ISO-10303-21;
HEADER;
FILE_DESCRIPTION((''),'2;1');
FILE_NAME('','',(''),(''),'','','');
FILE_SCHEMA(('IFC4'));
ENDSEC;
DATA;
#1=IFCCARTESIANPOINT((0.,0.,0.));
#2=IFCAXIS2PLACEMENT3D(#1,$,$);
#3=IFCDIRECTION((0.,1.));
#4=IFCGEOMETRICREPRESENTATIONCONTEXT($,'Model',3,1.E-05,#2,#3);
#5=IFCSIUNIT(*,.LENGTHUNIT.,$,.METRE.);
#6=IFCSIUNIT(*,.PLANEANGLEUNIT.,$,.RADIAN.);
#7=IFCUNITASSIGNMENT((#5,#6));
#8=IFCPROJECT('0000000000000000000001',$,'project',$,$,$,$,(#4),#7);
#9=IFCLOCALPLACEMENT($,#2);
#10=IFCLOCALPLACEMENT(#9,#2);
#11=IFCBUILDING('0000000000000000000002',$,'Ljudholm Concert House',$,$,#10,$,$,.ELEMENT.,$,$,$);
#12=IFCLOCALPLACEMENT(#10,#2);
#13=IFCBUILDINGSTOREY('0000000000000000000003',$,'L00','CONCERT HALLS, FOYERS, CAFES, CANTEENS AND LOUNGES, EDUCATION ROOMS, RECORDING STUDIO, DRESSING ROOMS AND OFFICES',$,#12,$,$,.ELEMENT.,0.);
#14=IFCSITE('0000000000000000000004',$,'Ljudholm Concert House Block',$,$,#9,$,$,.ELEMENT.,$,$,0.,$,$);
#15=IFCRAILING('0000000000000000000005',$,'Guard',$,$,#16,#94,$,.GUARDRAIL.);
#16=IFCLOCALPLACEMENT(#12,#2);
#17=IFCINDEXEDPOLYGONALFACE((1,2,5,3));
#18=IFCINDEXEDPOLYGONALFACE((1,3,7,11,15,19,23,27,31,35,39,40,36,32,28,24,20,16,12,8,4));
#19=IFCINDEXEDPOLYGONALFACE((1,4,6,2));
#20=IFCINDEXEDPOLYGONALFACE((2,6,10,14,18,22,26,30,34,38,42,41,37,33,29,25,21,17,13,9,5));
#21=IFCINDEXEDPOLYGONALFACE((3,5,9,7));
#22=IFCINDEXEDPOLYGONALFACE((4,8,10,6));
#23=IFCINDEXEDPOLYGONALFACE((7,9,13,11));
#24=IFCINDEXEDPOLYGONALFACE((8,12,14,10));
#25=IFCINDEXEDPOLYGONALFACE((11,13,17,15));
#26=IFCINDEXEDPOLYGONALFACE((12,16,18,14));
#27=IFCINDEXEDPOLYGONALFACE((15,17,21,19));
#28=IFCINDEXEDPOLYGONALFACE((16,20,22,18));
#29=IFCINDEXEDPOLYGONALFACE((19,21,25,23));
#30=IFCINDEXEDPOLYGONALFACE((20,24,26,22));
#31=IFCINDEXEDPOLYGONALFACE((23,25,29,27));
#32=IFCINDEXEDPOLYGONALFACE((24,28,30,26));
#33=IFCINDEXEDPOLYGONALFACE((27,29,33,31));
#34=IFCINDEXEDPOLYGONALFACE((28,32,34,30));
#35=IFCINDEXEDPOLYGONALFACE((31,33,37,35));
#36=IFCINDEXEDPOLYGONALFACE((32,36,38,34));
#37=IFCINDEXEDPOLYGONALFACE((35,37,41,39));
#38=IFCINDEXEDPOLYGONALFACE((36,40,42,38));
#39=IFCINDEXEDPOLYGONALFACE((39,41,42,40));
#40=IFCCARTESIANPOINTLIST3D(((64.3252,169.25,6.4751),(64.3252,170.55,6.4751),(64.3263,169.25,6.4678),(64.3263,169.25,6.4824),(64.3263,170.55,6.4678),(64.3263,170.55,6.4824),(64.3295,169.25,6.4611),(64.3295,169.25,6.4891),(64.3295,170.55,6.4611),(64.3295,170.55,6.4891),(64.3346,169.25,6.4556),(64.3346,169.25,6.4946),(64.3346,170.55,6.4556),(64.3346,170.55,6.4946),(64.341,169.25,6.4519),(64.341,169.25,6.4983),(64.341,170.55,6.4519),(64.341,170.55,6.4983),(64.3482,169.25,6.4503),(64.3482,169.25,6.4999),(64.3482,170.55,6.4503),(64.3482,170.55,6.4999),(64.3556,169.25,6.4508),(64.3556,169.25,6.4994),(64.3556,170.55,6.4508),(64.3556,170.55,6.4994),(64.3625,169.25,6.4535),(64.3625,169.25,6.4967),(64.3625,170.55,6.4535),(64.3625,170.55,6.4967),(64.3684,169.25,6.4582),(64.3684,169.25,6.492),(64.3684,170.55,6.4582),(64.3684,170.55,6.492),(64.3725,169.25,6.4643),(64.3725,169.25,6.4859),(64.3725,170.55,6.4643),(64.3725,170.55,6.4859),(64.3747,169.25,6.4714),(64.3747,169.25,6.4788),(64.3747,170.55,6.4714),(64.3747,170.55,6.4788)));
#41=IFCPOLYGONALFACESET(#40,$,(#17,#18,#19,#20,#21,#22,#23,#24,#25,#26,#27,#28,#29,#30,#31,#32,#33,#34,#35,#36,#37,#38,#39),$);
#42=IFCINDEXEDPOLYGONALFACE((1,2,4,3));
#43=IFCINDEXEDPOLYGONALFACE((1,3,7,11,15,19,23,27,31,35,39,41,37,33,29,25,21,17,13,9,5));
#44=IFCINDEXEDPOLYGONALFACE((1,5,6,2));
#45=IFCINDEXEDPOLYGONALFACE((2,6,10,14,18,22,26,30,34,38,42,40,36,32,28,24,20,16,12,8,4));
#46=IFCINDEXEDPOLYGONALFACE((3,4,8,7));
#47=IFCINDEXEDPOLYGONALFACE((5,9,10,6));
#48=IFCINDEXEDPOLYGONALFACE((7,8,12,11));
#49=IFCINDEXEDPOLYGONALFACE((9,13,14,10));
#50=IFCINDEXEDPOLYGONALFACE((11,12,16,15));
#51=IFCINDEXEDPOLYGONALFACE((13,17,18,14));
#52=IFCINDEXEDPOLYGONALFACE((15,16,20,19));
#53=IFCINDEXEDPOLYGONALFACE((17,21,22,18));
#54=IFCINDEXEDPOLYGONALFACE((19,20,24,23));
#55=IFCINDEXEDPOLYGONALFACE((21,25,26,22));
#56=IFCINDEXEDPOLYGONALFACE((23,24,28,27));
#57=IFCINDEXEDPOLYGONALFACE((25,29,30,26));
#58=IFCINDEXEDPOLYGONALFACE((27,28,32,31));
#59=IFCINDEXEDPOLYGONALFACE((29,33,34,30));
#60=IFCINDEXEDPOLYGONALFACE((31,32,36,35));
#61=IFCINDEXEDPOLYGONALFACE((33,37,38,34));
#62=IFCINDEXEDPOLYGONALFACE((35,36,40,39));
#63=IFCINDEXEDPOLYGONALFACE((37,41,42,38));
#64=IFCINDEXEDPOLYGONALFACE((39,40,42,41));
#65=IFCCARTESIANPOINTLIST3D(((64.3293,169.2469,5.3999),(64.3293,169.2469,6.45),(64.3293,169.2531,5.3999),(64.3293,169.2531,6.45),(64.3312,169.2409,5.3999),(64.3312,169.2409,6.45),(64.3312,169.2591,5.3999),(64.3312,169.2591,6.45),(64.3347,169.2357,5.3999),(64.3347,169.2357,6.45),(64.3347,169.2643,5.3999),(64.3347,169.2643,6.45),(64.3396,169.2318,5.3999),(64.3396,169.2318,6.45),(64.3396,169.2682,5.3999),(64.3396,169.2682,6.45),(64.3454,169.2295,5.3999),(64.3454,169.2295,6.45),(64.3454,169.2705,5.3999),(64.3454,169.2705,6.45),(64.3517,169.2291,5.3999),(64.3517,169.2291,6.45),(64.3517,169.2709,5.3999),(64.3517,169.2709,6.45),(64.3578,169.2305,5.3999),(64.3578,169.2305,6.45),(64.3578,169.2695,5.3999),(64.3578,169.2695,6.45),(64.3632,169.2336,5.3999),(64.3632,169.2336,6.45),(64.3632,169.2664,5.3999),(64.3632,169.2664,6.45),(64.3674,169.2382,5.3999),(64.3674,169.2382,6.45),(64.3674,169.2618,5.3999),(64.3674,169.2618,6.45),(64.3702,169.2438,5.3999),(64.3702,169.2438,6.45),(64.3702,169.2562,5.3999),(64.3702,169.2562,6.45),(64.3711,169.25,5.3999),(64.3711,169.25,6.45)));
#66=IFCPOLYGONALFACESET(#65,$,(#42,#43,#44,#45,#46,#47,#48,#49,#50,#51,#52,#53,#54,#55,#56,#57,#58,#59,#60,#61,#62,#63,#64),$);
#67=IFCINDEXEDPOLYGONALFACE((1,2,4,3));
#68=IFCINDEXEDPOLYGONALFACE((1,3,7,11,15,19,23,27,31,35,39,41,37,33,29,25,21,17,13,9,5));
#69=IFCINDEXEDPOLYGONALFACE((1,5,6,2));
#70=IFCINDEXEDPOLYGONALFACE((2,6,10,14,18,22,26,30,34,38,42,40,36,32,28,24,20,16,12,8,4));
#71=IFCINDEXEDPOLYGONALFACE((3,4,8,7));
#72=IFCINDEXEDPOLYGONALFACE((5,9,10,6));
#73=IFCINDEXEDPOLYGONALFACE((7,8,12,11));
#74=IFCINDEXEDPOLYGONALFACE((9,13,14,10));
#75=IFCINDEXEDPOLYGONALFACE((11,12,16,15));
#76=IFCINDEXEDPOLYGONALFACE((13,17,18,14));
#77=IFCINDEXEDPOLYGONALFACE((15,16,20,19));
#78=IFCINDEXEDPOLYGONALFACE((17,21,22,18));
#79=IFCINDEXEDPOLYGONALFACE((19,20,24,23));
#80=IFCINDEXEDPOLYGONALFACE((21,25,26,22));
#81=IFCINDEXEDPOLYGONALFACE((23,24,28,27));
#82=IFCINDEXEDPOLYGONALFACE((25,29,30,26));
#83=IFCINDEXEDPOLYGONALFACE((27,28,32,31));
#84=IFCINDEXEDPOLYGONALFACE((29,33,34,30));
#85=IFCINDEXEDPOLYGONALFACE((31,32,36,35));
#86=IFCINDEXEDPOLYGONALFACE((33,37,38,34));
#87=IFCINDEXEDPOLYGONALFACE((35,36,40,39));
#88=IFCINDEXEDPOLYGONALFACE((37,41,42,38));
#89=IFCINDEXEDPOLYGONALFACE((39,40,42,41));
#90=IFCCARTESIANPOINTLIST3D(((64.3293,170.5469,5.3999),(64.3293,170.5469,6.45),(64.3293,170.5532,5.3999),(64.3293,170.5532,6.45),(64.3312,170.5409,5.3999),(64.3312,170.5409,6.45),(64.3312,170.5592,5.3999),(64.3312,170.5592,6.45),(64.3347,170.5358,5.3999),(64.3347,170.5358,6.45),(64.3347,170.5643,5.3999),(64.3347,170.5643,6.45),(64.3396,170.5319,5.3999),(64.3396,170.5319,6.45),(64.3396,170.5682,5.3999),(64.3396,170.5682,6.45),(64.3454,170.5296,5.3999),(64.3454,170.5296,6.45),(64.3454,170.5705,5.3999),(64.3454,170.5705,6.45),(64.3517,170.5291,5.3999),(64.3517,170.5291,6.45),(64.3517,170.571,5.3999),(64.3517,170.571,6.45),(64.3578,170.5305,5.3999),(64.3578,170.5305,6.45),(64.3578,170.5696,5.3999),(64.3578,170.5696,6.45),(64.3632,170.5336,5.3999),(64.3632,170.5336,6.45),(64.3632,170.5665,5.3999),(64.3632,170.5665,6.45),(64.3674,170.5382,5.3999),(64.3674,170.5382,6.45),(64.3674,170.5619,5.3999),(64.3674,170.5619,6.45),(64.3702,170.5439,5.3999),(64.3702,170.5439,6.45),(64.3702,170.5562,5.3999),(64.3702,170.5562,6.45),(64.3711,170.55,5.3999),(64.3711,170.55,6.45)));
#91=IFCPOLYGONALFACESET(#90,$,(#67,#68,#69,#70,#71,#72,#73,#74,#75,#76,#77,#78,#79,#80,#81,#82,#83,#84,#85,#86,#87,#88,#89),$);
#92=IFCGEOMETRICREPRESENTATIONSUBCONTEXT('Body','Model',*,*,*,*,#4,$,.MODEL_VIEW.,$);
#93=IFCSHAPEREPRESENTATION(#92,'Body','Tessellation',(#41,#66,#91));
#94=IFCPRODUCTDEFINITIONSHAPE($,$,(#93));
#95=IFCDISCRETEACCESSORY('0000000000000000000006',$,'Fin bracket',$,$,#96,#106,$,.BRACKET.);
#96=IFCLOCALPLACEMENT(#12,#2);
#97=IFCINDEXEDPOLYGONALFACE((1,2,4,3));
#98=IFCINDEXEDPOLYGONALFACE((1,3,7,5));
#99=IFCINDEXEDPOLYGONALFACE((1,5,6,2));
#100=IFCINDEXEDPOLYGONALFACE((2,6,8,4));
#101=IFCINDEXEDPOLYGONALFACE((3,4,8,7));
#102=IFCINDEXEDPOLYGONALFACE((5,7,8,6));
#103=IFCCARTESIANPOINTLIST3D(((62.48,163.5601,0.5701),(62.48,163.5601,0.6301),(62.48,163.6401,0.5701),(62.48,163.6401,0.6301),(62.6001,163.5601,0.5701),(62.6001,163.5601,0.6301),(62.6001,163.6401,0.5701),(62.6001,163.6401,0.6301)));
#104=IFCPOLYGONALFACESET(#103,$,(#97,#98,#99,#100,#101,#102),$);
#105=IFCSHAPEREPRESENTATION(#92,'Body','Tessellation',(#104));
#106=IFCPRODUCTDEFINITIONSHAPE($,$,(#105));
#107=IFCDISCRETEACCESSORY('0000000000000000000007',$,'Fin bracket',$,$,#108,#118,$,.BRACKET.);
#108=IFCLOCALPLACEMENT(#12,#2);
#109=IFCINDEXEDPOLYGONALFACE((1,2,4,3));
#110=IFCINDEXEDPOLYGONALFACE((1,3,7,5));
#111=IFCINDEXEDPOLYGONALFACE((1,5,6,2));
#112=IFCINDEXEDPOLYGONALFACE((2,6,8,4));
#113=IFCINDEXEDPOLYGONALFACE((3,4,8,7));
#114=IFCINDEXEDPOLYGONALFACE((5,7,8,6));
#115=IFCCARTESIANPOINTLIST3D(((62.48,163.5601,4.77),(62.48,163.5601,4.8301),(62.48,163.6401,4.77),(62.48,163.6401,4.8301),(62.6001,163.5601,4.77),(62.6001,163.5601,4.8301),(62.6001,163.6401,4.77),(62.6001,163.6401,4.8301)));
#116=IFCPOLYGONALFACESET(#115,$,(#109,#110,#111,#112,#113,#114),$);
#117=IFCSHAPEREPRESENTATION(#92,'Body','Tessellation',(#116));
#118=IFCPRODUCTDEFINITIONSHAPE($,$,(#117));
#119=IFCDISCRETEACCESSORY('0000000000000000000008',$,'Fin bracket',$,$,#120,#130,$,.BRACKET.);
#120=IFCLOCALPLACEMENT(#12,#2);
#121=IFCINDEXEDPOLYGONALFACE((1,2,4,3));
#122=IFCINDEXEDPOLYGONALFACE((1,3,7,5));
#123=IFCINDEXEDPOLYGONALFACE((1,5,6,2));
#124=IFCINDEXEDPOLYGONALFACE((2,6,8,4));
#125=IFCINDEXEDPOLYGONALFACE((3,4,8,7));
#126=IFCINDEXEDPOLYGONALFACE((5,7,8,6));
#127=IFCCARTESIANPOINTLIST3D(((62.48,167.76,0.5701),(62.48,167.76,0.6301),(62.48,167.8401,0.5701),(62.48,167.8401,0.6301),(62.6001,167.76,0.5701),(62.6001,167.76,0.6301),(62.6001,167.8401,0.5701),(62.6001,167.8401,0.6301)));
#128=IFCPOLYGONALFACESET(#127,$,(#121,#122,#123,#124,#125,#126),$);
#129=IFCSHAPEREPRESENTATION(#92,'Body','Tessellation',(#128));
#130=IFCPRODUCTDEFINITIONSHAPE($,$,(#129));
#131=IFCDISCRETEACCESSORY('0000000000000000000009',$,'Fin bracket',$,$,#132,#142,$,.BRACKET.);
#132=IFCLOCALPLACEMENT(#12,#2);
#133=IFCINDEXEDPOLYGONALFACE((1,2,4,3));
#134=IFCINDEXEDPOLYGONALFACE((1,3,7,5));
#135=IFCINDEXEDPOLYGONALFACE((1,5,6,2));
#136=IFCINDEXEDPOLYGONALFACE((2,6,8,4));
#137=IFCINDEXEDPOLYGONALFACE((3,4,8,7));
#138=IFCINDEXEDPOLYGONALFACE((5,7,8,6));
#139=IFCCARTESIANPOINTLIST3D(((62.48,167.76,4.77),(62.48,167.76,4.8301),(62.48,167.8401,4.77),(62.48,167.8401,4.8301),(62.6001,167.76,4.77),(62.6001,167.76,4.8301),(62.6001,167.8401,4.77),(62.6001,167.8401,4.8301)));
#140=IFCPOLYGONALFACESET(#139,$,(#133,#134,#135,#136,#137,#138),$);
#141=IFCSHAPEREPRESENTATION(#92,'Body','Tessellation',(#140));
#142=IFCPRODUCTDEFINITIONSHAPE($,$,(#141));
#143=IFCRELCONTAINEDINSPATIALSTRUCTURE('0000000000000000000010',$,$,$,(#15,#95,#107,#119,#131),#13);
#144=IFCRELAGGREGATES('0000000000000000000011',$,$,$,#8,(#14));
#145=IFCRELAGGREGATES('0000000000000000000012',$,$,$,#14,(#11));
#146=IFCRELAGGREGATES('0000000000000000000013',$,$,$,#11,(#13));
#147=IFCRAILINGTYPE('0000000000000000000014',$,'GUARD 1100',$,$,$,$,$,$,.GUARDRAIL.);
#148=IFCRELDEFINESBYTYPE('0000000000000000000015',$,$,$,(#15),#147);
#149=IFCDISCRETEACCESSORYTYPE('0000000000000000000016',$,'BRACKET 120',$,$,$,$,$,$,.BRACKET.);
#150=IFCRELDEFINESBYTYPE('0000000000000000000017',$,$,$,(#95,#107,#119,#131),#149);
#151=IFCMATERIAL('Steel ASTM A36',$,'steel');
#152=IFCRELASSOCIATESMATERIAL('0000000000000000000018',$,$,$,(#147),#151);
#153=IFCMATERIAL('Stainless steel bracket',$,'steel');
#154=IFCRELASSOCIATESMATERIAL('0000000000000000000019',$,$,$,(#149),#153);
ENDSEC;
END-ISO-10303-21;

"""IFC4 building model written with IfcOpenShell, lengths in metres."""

from ifc_helpers import new_model, si_unit, direction, frame, origin, origin_2d, place, context, subcontext, project, spatial, rectangle, circle, extrude, material, type_object, element, save


model = new_model("IFC4")

# Units and contexts
model_context = context("Model", 3, precision=1e-05, world=origin(), true_north=direction((0.0, 1.0)))
body_context = subcontext(model_context, "Body", "Model", "MODEL_VIEW")
ifc_project = project(units=[si_unit("LENGTHUNIT", "METRE"), si_unit("PLANEANGLEUNIT", "RADIAN")], contexts=[model_context])

# Site, building, storey
site_placement = place(None, origin())
site = spatial("IfcSite", under=ifc_project, at=site_placement, Name="Ljudholm Concert House Block", CompositionType="ELEMENT", RefElevation=0.0)
building_placement = place(site_placement, origin())
building = spatial("IfcBuilding", under=site, at=building_placement, Name="Ljudholm Concert House", CompositionType="ELEMENT")
storey_placement = place(building_placement, origin())
storey = spatial("IfcBuildingStorey", under=building, at=storey_placement, Name="L00", Description="CONCERT HALLS, FOYERS, CAFES, CANTEENS AND LOUNGES, EDUCATION ROOMS, RECORDING STUDIO, DRESSING ROOMS AND OFFICES", CompositionType="ELEMENT", Elevation=0.0)

# Railing
ifc_material_1 = material(Name="Steel ASTM A36", Category="steel")
railing_type_1 = type_object("IfcRailingType", Name="GUARD 1100", PredefinedType="GUARDRAIL", material=ifc_material_1)
railing_1_placement = place(storey_placement, frame((64.3501, 169.25, 5.3999)))
element("IfcRailing", 1, at=railing_1_placement, inside=storey, type_object=railing_type_1, Name="Guard", PredefinedType="GUARDRAIL", context=body_context, shape_type="SweptSolid", body=[
    extrude(circle(Radius=0.0249, at=origin_2d()), frame((0.0, 0.0, 1.0752), z_axis=(0.0, 1.0, 0.0), x_axis=(-1.0, 0.0, 0.0)), (0.0, 0.0, 1.0), 1.3),
    extrude(circle(Radius=0.021, at=origin_2d()), origin(), (0.0, 0.0, 1.0), 1.05),
    extrude(circle(Radius=0.021, at=origin_2d()), frame((0.0, 1.3, 0.0)), (0.0, 0.0, 1.0), 1.05),
])

# Discrete accessories
ifc_material_2 = material(Name="Stainless steel bracket", Category="steel")
discrete_accessory_type = type_object("IfcDiscreteAccessoryType", Name="BRACKET 120", PredefinedType="BRACKET", material=ifc_material_2)
for number, where, z_axis, x_axis, name in (
    (2, (62.54, 163.6001, 0.5701), (0.0, 0.0, 1.0), (-1.0, 0.0, 0.0), "Fin bracket"),
    (3, (62.54, 163.6001, 4.77), (0.0, 0.0, 1.0), (-1.0, 0.0, 0.0), "Fin bracket"),
    (4, (62.54, 167.8, 0.5701), (0.0, 0.0, 1.0), (-1.0, 0.0, 0.0), "Fin bracket"),
    (5, (62.54, 167.8, 4.77), (0.0, 0.0, 1.0), (-1.0, 0.0, 0.0), "Fin bracket"),
):
    element("IfcDiscreteAccessory", number, at=place(storey_placement, frame(where, z_axis=z_axis, x_axis=x_axis)), inside=storey, type_object=discrete_accessory_type, Name=name, PredefinedType="BRACKET", context=body_context, shape_type="SweptSolid", body=[
        extrude(rectangle(XDim=0.1201, YDim=0.0801, at=origin_2d()), origin(), (0.0, 0.0, 1.0), 0.0601),
    ])

save(model, "model.ifc")
